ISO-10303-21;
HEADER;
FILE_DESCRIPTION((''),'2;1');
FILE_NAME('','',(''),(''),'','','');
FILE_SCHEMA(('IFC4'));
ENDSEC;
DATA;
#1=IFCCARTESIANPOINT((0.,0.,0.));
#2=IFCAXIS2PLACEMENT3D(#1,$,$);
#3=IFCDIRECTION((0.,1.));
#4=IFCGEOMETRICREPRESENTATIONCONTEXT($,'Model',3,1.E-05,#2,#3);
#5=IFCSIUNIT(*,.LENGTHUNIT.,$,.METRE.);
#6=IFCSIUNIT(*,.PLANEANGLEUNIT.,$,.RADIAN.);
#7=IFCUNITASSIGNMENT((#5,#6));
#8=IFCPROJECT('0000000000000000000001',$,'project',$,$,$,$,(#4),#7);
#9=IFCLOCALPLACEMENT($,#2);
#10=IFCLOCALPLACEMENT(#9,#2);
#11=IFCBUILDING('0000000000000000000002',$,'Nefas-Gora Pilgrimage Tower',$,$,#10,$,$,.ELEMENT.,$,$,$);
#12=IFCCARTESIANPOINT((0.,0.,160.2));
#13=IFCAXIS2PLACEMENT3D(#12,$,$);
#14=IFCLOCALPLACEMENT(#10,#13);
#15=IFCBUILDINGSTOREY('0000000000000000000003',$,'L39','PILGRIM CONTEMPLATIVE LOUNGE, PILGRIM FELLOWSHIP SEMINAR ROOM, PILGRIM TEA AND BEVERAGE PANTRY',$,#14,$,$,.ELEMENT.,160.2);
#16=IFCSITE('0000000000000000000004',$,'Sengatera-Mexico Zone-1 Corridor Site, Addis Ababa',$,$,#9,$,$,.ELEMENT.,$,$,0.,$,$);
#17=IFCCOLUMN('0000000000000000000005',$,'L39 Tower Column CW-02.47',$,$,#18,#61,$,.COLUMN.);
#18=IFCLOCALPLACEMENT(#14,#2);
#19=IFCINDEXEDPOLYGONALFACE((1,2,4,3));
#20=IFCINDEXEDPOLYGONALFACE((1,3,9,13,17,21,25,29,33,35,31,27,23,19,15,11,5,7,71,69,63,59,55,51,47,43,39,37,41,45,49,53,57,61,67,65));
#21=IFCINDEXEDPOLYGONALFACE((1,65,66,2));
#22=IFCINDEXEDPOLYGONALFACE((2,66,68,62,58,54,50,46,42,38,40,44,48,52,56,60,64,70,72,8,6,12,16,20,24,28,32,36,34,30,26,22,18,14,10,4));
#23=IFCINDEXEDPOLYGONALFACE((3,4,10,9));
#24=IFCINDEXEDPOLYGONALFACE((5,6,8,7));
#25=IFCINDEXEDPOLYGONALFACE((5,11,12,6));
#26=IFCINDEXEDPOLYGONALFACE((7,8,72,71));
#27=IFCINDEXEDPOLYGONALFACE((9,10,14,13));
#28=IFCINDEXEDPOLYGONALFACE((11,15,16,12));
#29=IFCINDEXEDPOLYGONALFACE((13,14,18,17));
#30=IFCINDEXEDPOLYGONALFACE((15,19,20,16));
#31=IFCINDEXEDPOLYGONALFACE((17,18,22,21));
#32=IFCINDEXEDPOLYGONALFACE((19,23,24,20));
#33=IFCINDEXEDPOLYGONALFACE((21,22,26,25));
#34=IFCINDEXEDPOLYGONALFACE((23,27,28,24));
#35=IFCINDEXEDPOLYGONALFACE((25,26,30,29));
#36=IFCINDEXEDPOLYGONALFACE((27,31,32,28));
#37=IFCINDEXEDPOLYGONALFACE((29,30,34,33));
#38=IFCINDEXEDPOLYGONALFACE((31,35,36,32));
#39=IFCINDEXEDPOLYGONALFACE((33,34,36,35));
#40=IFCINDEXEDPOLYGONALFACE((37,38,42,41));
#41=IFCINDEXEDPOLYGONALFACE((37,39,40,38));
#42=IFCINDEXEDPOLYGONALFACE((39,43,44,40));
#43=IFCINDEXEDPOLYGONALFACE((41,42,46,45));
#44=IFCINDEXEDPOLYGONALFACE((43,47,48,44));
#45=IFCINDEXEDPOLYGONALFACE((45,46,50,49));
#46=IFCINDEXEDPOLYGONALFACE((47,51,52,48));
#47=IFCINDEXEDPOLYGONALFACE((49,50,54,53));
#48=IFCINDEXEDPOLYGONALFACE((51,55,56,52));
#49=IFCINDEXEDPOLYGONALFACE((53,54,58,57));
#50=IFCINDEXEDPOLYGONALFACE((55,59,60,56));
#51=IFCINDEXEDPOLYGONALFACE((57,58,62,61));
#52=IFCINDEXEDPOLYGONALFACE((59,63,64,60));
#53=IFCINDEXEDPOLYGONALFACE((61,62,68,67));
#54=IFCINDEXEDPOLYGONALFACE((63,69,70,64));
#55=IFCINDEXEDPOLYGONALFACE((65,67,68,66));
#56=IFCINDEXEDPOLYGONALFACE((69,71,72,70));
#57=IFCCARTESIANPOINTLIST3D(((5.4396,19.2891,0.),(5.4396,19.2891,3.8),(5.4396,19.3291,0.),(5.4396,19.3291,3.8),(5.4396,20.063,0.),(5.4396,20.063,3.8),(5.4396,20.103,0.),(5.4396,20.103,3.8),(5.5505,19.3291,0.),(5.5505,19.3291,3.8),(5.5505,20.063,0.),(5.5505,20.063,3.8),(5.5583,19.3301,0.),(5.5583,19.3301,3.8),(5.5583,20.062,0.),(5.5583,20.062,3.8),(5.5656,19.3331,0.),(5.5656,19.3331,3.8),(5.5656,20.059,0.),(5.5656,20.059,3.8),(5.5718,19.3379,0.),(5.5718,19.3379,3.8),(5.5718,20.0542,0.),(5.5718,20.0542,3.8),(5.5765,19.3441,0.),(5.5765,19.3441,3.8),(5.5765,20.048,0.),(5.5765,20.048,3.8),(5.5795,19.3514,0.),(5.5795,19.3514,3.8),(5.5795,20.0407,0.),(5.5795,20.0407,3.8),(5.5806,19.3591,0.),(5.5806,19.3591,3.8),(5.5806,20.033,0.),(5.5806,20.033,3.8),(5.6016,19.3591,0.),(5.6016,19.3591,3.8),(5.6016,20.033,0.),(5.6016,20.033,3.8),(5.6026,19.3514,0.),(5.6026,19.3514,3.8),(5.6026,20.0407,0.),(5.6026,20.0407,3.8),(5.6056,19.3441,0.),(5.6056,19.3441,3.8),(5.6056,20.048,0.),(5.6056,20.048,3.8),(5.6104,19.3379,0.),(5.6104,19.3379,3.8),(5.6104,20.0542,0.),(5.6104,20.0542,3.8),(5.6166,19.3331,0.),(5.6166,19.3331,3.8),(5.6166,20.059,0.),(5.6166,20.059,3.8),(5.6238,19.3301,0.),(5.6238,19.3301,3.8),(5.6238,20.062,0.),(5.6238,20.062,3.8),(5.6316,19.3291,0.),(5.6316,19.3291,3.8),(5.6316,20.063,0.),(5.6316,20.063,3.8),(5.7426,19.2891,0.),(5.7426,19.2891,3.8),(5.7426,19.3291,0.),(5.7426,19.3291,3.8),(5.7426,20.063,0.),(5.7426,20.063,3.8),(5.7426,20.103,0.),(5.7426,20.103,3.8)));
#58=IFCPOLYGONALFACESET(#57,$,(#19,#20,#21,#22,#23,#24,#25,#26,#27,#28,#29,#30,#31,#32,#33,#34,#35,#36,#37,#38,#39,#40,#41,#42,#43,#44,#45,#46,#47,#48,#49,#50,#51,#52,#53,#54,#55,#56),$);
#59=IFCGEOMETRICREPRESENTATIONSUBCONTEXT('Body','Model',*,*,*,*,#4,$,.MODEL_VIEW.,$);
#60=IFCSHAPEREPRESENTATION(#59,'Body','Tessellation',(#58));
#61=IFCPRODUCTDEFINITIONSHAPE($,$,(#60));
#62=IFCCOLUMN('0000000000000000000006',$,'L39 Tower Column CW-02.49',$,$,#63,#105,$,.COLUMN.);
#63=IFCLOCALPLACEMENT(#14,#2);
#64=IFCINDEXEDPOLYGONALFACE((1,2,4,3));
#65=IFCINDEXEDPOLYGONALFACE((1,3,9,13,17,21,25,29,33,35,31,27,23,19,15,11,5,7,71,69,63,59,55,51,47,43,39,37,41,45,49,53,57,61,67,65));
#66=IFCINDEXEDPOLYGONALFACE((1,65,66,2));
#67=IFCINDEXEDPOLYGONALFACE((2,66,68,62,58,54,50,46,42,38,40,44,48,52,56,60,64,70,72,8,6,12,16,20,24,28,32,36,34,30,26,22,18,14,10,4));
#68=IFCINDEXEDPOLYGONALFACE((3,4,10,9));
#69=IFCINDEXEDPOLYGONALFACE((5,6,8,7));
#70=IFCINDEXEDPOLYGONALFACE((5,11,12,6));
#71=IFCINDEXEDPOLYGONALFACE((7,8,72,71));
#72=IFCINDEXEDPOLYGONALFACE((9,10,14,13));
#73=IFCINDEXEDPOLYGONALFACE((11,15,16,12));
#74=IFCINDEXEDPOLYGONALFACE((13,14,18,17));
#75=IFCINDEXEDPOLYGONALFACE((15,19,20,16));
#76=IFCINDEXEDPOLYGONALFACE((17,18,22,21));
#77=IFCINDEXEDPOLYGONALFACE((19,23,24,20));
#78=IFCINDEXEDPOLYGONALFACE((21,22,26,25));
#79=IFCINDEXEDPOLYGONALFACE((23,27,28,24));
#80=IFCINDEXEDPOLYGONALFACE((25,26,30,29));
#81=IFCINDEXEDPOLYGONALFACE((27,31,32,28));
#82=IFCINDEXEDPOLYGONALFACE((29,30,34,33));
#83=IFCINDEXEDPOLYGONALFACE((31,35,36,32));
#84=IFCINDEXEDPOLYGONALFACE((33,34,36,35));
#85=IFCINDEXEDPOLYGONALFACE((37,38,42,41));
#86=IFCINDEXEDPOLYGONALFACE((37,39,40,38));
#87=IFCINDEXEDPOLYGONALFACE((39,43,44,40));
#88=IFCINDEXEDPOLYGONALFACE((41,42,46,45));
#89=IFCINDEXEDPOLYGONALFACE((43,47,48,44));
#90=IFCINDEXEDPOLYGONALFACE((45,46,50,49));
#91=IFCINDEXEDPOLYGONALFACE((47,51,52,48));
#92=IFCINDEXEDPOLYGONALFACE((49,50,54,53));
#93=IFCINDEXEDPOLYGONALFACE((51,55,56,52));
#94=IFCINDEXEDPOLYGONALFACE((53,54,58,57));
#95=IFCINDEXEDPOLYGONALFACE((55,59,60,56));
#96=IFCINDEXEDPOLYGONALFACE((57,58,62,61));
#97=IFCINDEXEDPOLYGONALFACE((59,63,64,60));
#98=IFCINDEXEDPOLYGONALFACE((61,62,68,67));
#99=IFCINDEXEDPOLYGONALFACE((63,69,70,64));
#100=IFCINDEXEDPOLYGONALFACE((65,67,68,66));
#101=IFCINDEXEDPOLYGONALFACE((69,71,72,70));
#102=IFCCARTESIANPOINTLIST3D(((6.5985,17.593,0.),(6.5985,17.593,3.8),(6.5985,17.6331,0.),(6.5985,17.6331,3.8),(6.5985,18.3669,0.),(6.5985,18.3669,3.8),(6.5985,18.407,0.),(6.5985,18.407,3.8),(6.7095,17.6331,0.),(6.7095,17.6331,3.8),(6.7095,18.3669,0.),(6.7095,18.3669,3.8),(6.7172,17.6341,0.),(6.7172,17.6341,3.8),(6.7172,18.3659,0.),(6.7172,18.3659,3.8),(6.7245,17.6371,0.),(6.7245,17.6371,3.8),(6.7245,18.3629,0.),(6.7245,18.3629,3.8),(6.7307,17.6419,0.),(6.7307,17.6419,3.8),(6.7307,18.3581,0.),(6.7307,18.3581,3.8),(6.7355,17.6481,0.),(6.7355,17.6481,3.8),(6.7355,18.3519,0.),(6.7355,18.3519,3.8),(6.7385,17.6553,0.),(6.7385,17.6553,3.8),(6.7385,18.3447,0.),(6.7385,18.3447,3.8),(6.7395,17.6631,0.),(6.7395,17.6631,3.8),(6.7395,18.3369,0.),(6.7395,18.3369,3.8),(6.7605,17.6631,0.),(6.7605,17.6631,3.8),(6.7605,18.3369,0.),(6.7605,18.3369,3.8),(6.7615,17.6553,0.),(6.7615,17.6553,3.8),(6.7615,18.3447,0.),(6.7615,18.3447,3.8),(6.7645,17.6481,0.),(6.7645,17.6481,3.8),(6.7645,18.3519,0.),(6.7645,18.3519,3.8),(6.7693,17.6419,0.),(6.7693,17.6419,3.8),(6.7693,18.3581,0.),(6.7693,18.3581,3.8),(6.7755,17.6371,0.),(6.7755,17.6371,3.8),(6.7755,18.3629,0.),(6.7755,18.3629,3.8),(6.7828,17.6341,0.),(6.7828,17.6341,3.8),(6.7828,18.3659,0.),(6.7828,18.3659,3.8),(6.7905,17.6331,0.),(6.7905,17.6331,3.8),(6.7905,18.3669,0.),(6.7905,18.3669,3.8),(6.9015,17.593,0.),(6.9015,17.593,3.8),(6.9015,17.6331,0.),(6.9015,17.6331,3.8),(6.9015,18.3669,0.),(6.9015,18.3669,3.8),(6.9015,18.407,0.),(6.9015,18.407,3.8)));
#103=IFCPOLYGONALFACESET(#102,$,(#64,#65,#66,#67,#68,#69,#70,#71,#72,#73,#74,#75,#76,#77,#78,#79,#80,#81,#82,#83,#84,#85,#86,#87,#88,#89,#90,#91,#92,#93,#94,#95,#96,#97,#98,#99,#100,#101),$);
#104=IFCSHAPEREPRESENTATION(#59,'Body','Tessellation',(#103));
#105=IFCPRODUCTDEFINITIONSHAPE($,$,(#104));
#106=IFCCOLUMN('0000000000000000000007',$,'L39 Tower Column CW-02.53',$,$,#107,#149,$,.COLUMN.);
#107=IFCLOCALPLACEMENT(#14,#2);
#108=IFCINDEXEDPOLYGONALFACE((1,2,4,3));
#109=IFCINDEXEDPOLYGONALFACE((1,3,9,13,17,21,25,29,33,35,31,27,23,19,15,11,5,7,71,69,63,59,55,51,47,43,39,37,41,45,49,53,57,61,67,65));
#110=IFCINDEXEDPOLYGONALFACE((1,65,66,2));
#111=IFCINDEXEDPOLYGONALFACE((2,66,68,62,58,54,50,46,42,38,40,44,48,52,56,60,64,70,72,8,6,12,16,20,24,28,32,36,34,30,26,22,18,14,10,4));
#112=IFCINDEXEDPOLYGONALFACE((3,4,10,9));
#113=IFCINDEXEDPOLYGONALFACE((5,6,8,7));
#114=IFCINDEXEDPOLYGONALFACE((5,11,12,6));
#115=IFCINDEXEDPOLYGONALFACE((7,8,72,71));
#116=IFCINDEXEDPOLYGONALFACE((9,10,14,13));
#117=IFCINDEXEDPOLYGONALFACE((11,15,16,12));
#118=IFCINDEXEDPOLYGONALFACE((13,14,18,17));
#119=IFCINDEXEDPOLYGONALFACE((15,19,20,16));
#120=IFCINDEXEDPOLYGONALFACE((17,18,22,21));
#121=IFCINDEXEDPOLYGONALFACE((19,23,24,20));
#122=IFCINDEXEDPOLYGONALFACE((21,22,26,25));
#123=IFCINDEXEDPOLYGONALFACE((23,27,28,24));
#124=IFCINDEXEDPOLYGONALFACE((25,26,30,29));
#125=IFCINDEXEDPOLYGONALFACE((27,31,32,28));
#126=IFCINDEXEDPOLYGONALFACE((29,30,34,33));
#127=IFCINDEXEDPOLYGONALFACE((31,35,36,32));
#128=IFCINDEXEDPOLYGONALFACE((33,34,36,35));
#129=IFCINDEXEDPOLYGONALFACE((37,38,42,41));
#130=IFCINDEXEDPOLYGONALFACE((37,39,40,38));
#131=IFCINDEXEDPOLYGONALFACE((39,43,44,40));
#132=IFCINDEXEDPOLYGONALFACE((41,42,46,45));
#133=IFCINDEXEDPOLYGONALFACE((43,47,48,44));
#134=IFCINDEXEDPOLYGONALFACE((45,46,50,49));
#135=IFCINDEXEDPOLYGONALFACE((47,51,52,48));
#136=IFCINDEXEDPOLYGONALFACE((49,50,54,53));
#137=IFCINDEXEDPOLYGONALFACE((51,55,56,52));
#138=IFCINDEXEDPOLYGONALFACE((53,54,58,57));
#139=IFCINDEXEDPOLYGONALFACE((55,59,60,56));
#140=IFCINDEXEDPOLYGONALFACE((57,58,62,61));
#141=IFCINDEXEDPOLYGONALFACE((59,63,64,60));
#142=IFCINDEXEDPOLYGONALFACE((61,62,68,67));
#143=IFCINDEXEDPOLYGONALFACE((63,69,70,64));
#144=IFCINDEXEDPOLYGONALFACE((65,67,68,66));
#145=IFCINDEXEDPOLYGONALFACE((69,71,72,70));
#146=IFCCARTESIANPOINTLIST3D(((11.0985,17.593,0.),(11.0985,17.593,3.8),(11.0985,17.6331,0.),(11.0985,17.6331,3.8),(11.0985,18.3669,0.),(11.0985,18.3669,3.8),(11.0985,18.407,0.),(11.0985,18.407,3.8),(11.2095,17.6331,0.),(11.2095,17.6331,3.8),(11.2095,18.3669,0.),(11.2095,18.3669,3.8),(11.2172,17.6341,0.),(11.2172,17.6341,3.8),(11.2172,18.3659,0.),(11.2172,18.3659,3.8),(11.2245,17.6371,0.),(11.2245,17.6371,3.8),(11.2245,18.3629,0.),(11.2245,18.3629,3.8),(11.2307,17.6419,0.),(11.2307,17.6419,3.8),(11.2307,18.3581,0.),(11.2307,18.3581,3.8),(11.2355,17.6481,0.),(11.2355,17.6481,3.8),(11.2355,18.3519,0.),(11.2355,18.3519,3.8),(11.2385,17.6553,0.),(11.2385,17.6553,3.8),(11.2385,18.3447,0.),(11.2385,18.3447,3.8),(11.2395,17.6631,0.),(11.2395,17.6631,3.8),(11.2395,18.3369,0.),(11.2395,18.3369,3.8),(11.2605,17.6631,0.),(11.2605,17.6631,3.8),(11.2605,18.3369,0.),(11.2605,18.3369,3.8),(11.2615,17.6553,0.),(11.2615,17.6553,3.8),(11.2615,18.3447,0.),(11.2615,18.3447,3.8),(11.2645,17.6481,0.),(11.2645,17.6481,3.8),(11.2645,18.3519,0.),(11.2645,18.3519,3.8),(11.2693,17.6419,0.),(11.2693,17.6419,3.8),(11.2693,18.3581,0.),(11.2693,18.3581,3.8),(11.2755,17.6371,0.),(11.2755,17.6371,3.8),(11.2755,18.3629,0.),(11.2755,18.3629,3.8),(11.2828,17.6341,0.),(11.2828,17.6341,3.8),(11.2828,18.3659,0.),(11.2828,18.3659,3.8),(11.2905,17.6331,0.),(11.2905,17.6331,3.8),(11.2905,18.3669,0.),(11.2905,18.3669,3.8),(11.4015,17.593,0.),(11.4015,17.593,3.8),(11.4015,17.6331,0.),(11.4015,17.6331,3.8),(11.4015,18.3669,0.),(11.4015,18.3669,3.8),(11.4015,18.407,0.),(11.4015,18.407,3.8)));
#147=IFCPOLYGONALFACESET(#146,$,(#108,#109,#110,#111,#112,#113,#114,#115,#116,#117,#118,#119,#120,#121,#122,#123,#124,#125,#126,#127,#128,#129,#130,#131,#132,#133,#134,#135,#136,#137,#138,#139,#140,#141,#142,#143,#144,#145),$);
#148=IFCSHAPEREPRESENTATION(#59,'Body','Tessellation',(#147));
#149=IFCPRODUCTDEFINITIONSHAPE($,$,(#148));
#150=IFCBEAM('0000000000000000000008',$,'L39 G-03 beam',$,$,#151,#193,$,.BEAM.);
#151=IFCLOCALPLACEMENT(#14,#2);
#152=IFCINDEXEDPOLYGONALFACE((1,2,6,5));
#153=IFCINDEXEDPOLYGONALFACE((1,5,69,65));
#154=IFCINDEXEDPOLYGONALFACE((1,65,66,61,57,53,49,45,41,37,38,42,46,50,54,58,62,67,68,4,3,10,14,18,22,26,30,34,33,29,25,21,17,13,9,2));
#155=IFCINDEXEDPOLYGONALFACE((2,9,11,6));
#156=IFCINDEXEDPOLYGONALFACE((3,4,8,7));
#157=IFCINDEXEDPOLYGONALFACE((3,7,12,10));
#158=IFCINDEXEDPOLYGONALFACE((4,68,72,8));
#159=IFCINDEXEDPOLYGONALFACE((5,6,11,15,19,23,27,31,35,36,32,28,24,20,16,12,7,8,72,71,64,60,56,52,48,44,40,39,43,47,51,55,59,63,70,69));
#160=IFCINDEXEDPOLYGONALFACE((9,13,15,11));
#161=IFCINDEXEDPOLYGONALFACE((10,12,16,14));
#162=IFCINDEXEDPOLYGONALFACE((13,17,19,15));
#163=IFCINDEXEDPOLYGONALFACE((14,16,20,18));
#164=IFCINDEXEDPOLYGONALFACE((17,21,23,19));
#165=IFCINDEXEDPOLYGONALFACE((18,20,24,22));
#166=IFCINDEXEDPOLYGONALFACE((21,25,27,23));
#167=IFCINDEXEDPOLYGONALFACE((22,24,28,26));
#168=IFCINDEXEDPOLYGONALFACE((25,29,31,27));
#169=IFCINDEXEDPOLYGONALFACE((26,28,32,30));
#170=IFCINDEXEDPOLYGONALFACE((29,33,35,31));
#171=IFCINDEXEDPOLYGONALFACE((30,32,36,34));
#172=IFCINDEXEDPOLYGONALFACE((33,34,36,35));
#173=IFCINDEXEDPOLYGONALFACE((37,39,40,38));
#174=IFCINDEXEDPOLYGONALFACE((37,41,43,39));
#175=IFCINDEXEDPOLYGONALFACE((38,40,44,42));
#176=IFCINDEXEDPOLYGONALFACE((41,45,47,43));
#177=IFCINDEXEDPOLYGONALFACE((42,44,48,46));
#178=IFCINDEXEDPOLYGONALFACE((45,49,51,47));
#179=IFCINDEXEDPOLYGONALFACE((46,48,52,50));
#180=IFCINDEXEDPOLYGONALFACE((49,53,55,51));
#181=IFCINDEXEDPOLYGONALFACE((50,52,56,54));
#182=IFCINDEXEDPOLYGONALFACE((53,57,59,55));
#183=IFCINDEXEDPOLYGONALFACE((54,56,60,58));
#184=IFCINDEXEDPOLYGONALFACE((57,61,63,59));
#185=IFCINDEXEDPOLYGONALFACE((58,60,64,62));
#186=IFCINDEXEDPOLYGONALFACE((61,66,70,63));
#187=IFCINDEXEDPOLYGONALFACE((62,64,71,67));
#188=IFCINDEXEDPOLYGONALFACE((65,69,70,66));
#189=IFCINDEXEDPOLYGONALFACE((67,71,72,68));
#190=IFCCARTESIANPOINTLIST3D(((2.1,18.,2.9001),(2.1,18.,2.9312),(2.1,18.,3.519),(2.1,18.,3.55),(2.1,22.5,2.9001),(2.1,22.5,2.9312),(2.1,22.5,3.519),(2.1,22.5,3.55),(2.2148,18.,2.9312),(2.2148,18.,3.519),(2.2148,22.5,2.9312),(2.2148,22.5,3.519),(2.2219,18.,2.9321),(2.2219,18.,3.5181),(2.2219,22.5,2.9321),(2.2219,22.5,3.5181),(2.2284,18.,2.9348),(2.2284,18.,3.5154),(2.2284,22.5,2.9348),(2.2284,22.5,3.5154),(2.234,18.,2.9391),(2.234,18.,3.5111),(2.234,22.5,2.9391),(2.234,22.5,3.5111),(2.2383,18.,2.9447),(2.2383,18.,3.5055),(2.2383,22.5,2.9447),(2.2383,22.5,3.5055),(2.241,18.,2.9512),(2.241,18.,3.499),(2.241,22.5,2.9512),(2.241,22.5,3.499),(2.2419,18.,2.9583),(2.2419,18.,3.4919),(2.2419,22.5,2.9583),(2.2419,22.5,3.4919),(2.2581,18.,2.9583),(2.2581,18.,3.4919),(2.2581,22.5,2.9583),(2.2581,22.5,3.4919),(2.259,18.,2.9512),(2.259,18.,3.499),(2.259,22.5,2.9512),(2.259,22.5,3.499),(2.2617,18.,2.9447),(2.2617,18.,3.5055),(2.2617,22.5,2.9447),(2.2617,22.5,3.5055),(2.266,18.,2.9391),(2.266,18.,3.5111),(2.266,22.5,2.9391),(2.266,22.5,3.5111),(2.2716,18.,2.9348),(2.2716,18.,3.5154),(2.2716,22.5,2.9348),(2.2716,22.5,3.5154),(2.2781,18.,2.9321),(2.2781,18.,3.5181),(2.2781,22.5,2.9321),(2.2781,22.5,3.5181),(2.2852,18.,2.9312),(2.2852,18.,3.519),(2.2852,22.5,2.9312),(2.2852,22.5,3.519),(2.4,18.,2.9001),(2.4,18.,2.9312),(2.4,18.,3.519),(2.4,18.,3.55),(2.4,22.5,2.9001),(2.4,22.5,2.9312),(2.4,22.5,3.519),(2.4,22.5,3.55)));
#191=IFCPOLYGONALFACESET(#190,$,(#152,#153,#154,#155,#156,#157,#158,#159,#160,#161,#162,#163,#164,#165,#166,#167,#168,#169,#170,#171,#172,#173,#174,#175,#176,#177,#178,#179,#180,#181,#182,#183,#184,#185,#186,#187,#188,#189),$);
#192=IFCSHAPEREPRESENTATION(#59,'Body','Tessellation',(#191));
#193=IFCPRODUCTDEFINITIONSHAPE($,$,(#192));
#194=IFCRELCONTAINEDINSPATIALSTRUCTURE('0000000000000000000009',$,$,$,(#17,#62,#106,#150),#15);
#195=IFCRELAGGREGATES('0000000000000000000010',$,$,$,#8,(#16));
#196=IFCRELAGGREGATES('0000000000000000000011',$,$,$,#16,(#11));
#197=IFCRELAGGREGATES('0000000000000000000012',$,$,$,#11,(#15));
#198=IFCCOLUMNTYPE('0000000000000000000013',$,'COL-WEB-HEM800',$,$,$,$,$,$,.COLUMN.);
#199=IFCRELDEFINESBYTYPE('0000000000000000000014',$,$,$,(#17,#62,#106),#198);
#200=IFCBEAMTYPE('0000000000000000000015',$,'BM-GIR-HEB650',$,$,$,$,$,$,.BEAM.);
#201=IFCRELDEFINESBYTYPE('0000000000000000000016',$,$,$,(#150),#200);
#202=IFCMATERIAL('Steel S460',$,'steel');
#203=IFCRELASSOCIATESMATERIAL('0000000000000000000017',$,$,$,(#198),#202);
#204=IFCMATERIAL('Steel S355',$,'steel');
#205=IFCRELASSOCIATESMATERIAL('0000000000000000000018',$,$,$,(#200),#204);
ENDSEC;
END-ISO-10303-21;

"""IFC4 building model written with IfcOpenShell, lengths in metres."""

from ifc_helpers import new_model, si_unit, direction, frame, origin, origin_2d, place, context, subcontext, project, spatial, i_section, extrude, source, transform, mapped, material, material_profile, profile_set, type_object, element, save


model = new_model("IFC4")

# Units and contexts
model_context = context("Model", 3, precision=1e-05, world=origin(), true_north=direction((0.0, 1.0)))
body_context = subcontext(model_context, "Body", "Model", "MODEL_VIEW")
ifc_project = project(units=[si_unit("LENGTHUNIT", "METRE"), si_unit("PLANEANGLEUNIT", "RADIAN")], contexts=[model_context])

# Site, building, storey
site_placement = place(None, origin())
site = spatial("IfcSite", under=ifc_project, at=site_placement, Name="Sengatera-Mexico Zone-1 Corridor Site, Addis Ababa", CompositionType="ELEMENT", RefElevation=0.0)
building_placement = place(site_placement, origin())
building = spatial("IfcBuilding", under=site, at=building_placement, Name="Nefas-Gora Pilgrimage Tower", CompositionType="ELEMENT")
storey_placement = place(building_placement, frame((0.0, 0.0, 160.2)))
storey = spatial("IfcBuildingStorey", under=building, at=storey_placement, Name="L39", Description="PILGRIM CONTEMPLATIVE LOUNGE, PILGRIM FELLOWSHIP SEMINAR ROOM, PILGRIM TEA AND BEVERAGE PANTRY", CompositionType="ELEMENT", Elevation=160.2)

# Columns
ifc_material_1 = material(Name="Steel S460", Category="steel")
ifc_material_profile_1 = material_profile(ifc_material_1, i_section(OverallWidth=0.303, OverallDepth=0.814, WebThickness=0.021, FlangeThickness=0.04, FilletRadius=0.03, at=origin_2d()), Name="HEM 800")
ifc_profile_set_1 = profile_set([ifc_material_profile_1], Name="Steel S460")
column_type_1 = type_object("IfcColumnType", Name="COL-WEB-HEM800", PredefinedType="COLUMN", material=ifc_profile_set_1)
shared_shape_1 = source(origin(), body_context, "Body", "SweptSolid", [
    extrude(i_section(OverallWidth=0.303, OverallDepth=0.814, WebThickness=0.021, FlangeThickness=0.04, FilletRadius=0.03, at=origin_2d()), origin(), (0.0, 0.0, 1.0), 3.8),
])
for number, where, z_axis, x_axis, name in (
    (1, (5.5911, 19.696, 0.0), (0.0, 0.0, 1.0), (1.0, 0.0, 0.0), "L39 Tower Column CW-02.47"),
    (2, (6.75, 18.0, 0.0), (0.0, 0.0, 1.0), (1.0, 0.0, 0.0), "L39 Tower Column CW-02.49"),
    (3, (11.25, 18.0, 0.0), (0.0, 0.0, 1.0), (1.0, 0.0, 0.0), "L39 Tower Column CW-02.53"),
):
    element("IfcColumn", number, at=place(storey_placement, frame(where, z_axis=z_axis, x_axis=x_axis)), inside=storey, type_object=column_type_1, Name=name, PredefinedType="COLUMN", context=body_context, shape_type="MappedRepresentation", body=[
        mapped(shared_shape_1, transform((0.0, 0.0, 0.0), x_axis=(1.0, 0.0, 0.0), y_axis=(0.0, 1.0, 0.0), z_axis=(0.0, 0.0, 1.0), scale=1.0)),
    ])

# Beam
ifc_material_2 = material(Name="Steel S355", Category="steel")
ifc_material_profile_2 = material_profile(ifc_material_2, i_section(OverallWidth=0.3, OverallDepth=0.6499, WebThickness=0.0161, FlangeThickness=0.031, FilletRadius=0.0271, at=origin_2d()), Name="HEB 650")
ifc_profile_set_2 = profile_set([ifc_material_profile_2], Name="Steel S355")
beam_type = type_object("IfcBeamType", Name="BM-GIR-HEB650", PredefinedType="BEAM", material=ifc_profile_set_2)
shared_shape_2 = source(origin(), body_context, "Body", "SweptSolid", [
    extrude(i_section(OverallWidth=0.3, OverallDepth=0.6499, WebThickness=0.0161, FlangeThickness=0.031, FilletRadius=0.0271, at=origin_2d()), origin(), (0.0, 0.0, 1.0), 4.5),
])
for number, where, z_axis, x_axis, name in (
    (4, (2.25, 18.0, 3.2251), (0.0, 1.0, 0.0), (-1.0, 0.0, 0.0), "L39 G-03 beam"),
):
    element("IfcBeam", number, at=place(storey_placement, frame(where, z_axis=z_axis, x_axis=x_axis)), inside=storey, type_object=beam_type, Name=name, PredefinedType="BEAM", context=body_context, shape_type="MappedRepresentation", body=[
        mapped(shared_shape_2, transform((0.0, 0.0, 0.0), x_axis=(1.0, 0.0, 0.0), y_axis=(0.0, 1.0, 0.0), z_axis=(0.0, 0.0, 1.0), scale=1.0)),
    ])

save(model, "model.ifc")
